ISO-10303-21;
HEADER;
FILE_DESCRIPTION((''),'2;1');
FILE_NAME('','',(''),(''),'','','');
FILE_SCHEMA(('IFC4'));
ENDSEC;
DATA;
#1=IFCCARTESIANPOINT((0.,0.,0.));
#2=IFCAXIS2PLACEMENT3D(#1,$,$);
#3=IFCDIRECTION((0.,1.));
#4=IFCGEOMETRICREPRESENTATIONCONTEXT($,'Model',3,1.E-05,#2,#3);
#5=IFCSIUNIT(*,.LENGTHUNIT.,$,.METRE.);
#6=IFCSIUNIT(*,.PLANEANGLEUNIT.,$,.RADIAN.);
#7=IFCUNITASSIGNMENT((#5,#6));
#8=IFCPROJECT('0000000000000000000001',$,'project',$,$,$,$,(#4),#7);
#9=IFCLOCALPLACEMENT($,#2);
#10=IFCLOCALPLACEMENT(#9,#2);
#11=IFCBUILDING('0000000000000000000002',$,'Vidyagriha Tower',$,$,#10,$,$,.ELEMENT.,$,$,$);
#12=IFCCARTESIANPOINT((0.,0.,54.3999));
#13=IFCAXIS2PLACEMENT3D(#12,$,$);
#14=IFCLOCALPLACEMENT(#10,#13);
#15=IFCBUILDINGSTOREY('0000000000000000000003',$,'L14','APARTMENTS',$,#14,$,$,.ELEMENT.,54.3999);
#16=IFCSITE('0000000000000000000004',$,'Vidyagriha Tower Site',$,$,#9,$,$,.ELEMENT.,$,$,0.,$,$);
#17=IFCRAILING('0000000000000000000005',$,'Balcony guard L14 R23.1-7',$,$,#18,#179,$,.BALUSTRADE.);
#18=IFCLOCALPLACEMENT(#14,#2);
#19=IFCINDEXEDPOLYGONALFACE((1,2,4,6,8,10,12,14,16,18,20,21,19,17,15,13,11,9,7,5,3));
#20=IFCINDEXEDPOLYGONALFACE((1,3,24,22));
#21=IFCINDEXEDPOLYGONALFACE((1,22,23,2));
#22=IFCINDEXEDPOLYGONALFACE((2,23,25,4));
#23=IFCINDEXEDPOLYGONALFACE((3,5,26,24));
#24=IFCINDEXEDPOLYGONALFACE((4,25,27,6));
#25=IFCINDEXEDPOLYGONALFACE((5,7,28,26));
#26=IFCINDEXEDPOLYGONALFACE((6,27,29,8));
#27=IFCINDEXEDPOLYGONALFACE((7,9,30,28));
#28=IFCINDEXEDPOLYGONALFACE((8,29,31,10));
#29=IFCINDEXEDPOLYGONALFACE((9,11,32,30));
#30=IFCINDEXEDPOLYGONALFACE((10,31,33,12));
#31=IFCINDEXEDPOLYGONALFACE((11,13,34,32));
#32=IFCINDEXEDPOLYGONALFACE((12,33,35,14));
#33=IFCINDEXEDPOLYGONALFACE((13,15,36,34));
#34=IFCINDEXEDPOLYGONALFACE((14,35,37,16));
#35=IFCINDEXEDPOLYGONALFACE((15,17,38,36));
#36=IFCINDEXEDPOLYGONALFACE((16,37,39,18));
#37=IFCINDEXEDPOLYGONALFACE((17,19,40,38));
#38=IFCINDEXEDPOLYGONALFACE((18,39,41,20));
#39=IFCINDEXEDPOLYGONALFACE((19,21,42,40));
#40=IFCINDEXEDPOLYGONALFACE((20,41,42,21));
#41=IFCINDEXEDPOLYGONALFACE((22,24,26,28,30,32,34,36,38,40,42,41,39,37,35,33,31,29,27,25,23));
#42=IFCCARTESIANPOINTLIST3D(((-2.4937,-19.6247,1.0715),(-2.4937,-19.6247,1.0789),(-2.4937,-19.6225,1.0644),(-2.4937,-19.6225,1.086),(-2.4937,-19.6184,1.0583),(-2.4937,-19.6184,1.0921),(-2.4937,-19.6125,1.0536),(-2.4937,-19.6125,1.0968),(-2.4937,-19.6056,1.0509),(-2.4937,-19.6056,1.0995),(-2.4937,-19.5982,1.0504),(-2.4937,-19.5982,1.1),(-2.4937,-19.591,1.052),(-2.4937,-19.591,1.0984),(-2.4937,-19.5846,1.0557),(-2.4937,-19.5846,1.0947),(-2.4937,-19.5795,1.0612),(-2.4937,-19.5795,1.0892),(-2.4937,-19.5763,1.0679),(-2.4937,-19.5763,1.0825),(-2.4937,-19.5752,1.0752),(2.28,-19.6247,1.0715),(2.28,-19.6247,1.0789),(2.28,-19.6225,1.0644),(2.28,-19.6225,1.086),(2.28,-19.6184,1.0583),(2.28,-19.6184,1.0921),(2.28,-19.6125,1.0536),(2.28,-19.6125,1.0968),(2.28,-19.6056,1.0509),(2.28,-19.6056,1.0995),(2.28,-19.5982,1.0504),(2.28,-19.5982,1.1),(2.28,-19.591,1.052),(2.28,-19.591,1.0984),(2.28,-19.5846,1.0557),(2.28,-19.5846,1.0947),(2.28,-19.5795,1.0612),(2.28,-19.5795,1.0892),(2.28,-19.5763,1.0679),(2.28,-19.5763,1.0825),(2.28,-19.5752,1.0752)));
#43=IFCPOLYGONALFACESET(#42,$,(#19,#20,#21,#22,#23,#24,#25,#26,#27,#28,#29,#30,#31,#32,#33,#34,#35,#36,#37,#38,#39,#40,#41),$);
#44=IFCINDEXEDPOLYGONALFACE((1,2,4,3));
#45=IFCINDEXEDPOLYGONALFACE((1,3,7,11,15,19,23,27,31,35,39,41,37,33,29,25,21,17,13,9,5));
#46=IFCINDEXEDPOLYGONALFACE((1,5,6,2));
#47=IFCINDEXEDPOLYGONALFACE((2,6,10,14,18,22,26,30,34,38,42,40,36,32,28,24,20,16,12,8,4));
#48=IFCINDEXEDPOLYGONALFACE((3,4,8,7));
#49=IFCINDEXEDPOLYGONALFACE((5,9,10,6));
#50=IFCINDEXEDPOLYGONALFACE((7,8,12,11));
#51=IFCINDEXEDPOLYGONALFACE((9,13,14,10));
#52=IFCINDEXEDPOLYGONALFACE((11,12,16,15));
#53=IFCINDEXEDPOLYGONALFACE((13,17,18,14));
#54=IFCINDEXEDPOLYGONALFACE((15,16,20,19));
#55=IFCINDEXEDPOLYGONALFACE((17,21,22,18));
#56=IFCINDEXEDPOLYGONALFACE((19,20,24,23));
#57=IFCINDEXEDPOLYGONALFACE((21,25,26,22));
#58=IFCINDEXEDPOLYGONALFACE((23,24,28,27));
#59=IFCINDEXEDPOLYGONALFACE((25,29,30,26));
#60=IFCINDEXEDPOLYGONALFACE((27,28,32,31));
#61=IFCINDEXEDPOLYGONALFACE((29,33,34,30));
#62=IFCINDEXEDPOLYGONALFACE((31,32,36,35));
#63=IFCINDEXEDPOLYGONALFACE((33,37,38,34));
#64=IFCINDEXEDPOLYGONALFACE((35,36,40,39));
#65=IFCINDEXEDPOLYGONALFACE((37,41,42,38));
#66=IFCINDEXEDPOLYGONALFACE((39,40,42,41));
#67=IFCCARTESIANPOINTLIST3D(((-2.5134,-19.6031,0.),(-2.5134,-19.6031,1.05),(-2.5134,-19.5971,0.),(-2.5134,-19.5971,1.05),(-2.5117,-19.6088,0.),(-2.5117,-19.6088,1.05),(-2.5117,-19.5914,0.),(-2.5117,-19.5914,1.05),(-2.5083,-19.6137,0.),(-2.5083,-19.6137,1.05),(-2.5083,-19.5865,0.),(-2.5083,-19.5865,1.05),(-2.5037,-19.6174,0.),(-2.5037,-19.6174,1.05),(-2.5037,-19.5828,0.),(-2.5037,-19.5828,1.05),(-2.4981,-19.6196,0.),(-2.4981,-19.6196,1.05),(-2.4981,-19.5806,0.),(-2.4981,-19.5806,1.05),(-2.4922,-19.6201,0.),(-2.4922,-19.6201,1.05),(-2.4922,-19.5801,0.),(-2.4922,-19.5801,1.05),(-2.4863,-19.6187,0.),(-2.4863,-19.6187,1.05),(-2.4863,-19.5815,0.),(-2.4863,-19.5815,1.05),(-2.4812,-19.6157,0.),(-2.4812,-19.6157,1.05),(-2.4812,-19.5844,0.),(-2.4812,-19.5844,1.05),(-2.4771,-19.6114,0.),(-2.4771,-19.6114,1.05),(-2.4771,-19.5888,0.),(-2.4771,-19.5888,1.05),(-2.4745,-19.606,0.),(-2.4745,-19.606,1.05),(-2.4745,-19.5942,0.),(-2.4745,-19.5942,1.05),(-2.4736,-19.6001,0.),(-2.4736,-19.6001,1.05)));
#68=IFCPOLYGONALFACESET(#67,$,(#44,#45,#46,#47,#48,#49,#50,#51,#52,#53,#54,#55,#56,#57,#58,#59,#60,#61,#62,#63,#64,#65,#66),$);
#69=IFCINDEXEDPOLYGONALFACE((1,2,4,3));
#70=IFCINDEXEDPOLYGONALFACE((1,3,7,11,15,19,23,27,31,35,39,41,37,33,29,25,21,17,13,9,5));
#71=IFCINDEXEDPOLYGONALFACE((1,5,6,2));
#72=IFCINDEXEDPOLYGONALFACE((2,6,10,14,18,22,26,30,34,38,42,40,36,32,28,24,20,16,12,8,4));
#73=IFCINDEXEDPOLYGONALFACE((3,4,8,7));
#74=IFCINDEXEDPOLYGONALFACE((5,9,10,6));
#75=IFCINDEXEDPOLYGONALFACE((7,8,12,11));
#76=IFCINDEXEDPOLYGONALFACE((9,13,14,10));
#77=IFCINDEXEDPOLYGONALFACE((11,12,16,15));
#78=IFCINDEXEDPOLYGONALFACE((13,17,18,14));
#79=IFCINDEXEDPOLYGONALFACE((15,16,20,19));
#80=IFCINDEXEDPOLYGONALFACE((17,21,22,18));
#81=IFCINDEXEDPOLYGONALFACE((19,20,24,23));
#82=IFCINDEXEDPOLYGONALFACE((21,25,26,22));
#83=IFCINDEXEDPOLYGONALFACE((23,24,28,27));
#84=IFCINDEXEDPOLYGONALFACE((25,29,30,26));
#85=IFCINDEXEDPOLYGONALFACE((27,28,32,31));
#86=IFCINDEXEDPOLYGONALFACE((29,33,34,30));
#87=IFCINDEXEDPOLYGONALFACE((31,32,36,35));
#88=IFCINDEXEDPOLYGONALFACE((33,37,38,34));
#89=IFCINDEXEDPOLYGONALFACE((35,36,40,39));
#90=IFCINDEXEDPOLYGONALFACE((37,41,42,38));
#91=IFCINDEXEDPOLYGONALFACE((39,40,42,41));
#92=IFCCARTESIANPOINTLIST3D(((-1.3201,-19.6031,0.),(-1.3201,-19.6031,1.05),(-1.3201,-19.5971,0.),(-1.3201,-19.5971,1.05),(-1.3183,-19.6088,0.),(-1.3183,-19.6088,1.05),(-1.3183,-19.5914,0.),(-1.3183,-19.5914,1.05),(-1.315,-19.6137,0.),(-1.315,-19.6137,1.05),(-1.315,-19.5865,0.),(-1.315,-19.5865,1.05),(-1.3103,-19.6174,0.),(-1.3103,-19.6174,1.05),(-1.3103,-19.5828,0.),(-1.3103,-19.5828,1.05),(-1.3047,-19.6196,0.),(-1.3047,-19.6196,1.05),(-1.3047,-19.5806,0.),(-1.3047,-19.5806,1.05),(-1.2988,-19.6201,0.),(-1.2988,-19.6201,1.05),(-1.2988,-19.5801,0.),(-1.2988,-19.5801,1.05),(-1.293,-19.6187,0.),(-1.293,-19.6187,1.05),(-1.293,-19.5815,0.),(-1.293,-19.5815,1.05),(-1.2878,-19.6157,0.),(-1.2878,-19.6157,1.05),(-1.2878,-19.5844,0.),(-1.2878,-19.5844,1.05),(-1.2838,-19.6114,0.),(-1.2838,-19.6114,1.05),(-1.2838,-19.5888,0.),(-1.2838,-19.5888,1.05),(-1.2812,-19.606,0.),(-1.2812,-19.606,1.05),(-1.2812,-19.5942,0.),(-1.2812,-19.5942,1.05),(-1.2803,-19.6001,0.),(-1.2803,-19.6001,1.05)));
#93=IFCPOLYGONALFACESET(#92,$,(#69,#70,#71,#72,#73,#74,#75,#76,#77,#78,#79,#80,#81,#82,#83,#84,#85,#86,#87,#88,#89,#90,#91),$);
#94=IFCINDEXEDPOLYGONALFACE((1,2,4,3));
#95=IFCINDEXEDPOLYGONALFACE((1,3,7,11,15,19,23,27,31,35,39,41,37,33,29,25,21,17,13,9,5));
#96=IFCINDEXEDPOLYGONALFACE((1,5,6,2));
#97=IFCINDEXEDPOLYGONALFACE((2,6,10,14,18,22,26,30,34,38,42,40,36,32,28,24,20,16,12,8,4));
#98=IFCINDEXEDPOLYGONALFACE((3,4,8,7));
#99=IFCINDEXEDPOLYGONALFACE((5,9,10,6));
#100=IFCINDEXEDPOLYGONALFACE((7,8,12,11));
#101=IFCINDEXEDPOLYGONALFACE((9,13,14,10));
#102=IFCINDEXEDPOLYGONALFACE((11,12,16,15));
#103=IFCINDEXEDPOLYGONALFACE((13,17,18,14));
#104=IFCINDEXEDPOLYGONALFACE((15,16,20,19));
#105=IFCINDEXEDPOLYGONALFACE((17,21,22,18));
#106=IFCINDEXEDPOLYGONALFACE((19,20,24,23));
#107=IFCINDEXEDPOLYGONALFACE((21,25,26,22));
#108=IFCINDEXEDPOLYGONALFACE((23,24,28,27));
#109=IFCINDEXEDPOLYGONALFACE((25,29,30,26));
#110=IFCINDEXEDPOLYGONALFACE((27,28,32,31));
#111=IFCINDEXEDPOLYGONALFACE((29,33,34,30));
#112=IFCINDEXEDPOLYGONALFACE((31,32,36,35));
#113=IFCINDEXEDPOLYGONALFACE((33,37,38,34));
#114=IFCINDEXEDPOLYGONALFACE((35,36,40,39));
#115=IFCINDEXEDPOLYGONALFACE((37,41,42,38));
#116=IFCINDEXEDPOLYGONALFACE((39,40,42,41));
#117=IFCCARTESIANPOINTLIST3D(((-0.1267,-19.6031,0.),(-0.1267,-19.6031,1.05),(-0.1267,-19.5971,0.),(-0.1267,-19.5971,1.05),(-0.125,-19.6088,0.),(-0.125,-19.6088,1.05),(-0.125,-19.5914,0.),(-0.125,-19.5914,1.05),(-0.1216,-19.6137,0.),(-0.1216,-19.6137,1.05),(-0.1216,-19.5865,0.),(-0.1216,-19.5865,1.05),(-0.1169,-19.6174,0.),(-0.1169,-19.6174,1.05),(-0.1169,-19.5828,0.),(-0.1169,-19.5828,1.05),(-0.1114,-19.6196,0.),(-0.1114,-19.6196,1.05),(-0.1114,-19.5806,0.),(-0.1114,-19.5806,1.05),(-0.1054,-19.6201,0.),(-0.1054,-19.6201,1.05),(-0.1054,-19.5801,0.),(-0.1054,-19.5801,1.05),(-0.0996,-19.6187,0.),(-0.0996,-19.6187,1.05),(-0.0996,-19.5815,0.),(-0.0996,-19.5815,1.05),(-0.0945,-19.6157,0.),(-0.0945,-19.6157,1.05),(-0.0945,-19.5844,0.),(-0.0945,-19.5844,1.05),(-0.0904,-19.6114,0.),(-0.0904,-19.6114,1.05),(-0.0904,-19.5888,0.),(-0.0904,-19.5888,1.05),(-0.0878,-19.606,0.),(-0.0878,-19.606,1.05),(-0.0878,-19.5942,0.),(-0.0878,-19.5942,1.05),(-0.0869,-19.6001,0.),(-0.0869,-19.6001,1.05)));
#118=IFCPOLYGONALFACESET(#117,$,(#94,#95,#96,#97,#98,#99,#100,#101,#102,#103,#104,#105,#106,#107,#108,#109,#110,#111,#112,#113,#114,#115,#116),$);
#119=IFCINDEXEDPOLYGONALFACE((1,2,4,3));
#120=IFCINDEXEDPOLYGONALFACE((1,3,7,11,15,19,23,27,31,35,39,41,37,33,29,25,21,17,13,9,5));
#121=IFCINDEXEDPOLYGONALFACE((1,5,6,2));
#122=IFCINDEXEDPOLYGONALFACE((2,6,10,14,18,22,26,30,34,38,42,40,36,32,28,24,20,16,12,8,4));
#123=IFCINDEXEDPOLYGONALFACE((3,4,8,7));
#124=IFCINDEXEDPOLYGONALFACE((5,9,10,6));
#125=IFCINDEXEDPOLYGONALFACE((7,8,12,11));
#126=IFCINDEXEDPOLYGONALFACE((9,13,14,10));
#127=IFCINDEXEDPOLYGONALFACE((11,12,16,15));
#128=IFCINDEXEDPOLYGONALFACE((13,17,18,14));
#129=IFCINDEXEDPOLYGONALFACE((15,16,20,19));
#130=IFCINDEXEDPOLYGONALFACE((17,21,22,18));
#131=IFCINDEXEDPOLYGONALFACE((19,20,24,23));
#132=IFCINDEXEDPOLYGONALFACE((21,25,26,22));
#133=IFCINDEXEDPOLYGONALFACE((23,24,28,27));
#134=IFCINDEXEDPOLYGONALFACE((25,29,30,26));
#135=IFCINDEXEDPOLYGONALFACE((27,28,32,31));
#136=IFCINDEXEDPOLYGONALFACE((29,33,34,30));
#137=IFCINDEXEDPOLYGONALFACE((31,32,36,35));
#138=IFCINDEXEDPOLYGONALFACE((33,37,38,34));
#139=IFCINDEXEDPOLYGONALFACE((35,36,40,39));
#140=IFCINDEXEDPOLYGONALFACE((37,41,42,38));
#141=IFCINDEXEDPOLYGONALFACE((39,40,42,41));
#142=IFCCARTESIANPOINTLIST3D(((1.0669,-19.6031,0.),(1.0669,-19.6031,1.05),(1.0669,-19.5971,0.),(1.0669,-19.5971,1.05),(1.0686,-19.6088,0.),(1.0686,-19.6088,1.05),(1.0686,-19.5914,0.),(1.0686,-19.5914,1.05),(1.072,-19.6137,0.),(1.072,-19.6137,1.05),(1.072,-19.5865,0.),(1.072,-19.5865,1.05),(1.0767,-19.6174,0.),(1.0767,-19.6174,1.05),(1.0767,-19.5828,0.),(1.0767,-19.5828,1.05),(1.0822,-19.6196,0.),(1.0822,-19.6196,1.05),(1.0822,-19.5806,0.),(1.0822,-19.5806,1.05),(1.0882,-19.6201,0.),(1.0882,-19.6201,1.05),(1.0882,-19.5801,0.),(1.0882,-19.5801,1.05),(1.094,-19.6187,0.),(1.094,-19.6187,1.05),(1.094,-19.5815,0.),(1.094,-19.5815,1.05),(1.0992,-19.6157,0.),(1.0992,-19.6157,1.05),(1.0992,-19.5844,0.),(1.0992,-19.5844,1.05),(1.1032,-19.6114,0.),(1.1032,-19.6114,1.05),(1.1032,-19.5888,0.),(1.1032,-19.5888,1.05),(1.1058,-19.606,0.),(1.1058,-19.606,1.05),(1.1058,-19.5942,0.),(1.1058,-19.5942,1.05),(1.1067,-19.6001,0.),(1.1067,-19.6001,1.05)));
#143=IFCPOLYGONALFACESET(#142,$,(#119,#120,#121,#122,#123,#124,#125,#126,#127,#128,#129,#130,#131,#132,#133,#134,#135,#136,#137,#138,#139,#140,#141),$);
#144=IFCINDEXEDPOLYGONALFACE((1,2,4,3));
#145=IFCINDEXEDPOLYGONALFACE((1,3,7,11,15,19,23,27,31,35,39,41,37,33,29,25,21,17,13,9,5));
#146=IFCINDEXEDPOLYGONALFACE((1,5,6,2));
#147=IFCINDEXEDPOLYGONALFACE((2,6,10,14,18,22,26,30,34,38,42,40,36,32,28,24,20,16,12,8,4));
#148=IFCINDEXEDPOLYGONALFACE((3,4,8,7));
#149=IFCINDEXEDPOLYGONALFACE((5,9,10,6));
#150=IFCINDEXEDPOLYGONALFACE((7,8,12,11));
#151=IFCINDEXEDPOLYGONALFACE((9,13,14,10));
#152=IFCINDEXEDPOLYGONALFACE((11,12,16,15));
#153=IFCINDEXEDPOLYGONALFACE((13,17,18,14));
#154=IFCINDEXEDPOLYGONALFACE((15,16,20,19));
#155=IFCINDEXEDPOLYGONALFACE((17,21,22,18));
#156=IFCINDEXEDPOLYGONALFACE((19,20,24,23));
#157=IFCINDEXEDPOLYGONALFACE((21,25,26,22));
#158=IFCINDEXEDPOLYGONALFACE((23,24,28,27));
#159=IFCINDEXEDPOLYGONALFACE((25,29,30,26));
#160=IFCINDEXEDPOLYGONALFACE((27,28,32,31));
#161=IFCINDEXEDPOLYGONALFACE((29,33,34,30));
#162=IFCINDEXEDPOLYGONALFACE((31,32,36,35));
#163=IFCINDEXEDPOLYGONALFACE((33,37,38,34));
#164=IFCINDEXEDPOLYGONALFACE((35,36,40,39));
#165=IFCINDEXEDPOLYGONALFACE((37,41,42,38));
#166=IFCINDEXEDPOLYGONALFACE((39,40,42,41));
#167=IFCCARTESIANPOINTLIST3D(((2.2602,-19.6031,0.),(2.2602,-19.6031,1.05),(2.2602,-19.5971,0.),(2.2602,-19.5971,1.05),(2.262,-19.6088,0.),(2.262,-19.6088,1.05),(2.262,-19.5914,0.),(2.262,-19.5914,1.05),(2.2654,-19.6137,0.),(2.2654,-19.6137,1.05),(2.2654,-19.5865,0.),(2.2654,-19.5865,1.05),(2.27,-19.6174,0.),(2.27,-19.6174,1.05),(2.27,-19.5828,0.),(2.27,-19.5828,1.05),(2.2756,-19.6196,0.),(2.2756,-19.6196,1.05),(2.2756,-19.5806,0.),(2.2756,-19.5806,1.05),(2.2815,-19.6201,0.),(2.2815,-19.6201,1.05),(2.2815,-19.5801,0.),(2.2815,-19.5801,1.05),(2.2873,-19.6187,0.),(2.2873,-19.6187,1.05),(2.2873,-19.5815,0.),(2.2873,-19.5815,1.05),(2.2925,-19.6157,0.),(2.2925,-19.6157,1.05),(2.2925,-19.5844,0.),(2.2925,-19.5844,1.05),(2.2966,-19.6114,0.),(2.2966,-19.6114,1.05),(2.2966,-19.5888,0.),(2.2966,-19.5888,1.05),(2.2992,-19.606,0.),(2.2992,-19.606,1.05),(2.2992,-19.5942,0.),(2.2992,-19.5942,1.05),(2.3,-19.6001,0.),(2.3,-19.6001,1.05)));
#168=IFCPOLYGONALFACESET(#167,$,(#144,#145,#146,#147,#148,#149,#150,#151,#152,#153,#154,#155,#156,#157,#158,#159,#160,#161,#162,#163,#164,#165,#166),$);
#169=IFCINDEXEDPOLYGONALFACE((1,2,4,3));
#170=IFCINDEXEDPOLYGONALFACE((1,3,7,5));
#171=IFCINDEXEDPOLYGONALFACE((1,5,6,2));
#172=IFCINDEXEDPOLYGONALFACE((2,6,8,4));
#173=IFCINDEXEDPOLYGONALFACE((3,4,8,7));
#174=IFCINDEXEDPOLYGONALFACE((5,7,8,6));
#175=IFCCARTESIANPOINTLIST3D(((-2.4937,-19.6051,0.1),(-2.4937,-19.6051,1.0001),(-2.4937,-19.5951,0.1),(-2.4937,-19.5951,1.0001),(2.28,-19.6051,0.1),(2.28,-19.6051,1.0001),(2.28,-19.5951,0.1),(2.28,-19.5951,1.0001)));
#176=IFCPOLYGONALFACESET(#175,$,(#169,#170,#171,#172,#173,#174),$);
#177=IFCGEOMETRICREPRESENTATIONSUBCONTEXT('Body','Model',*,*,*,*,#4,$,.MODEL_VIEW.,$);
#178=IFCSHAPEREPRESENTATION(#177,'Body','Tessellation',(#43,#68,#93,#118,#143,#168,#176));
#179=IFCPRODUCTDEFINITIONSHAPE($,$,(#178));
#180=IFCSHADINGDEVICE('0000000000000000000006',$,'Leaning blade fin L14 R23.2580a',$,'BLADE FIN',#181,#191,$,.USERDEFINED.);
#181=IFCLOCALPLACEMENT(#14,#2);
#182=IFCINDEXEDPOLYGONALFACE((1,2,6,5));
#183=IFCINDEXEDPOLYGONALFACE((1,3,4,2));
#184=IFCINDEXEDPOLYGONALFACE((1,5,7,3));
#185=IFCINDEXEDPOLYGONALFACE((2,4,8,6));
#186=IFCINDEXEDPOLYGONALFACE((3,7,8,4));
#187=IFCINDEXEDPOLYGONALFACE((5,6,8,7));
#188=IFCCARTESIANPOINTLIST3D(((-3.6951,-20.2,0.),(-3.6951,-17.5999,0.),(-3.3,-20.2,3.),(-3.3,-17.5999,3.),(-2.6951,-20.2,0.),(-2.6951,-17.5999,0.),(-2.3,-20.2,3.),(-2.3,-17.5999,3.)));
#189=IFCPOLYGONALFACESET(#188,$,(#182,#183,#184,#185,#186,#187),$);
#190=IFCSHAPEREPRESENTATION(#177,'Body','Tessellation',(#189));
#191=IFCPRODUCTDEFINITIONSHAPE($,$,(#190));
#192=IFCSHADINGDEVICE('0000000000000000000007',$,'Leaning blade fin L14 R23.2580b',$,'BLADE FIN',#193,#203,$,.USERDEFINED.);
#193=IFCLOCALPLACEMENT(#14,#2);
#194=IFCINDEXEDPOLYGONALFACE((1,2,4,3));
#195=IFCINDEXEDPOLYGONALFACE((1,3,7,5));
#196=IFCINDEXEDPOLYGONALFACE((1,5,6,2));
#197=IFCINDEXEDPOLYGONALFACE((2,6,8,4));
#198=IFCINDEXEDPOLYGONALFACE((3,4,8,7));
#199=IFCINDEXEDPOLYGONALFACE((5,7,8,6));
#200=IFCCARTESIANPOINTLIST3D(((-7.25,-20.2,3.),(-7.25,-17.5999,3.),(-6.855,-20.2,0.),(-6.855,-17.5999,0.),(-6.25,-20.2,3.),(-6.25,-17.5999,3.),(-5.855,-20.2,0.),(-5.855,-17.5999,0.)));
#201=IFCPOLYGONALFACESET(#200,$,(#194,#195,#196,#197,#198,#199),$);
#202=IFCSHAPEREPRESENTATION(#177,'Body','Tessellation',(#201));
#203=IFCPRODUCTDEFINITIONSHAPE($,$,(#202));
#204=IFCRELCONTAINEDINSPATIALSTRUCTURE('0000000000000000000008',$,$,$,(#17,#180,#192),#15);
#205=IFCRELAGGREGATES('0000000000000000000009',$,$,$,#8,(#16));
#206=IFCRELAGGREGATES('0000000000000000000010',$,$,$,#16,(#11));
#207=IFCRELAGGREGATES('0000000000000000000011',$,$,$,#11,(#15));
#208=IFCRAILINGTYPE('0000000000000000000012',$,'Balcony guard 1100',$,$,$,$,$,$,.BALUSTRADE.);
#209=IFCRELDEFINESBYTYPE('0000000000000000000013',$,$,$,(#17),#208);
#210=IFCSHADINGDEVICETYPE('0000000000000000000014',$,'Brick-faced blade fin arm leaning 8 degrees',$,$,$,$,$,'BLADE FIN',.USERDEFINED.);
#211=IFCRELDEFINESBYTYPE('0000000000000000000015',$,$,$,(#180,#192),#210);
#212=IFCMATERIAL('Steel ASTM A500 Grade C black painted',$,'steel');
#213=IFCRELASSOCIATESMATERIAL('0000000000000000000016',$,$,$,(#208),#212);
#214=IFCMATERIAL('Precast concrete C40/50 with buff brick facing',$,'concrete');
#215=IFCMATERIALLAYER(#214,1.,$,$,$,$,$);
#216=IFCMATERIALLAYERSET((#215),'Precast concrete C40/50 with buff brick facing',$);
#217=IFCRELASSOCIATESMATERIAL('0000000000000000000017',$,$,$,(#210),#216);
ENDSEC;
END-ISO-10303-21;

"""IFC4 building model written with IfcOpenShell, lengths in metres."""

from ifc_helpers import new_model, si_unit, direction, frame, origin, origin_2d, place, context, subcontext, project, spatial, polyline, rectangle, circle, outline, extrude, material, layer, layer_set, type_object, element, save


model = new_model("IFC4")

# Units and contexts
model_context = context("Model", 3, precision=1e-05, world=origin(), true_north=direction((0.0, 1.0)))
body_context = subcontext(model_context, "Body", "Model", "MODEL_VIEW")
ifc_project = project(units=[si_unit("LENGTHUNIT", "METRE"), si_unit("PLANEANGLEUNIT", "RADIAN")], contexts=[model_context])

# Site, building, storey
site_placement = place(None, origin())
site = spatial("IfcSite", under=ifc_project, at=site_placement, Name="Vidyagriha Tower Site", CompositionType="ELEMENT", RefElevation=0.0)
building_placement = place(site_placement, origin())
building = spatial("IfcBuilding", under=site, at=building_placement, Name="Vidyagriha Tower", CompositionType="ELEMENT")
storey_placement = place(building_placement, frame((0.0, 0.0, 54.3999)))
storey = spatial("IfcBuildingStorey", under=building, at=storey_placement, Name="L14", Description="APARTMENTS", CompositionType="ELEMENT", Elevation=54.3999)

# Railing
ifc_material_1 = material(Name="Steel ASTM A500 Grade C black painted", Category="steel")
railing_type = type_object("IfcRailingType", Name="Balcony guard 1100", PredefinedType="BALUSTRADE", material=ifc_material_1)
railing_1_placement = place(storey_placement, frame((-2.4937, -19.6001, 0.0)))
element("IfcRailing", 1, at=railing_1_placement, inside=storey, type_object=railing_type, Name="Balcony guard L14 R23.1-7", PredefinedType="BALUSTRADE", context=body_context, shape_type="SweptSolid", body=[
    extrude(circle(Radius=0.0249, at=origin_2d()), frame((0.0, 0.0, 1.0752), z_axis=(1.0, 0.0, 0.0), x_axis=(0.0, 1.0, 0.0)), (0.0, 0.0, 1.0), 4.7737),
    extrude(circle(Radius=0.02, at=origin_2d()), origin(), (0.0, 0.0, 1.0), 1.05),
    extrude(circle(Radius=0.02, at=origin_2d()), frame((1.1934, 0.0, 0.0)), (0.0, 0.0, 1.0), 1.05),
    extrude(circle(Radius=0.02, at=origin_2d()), frame((2.3867, 0.0, 0.0)), (0.0, 0.0, 1.0), 1.05),
    extrude(circle(Radius=0.02, at=origin_2d()), frame((3.5803, 0.0, 0.0)), (0.0, 0.0, 1.0), 1.05),
    extrude(circle(Radius=0.02, at=origin_2d()), frame((4.7737, 0.0, 0.0)), (0.0, 0.0, 1.0), 1.05),
    extrude(rectangle(XDim=0.01, YDim=0.9001, at=origin_2d()), frame((0.0, 0.0, 0.55), z_axis=(1.0, 0.0, 0.0), x_axis=(0.0, 1.0, 0.0)), (0.0, 0.0, 1.0), 4.7737),
])

# Shading devices
ifc_material_2 = material(Name="Precast concrete C40/50 with buff brick facing", Category="concrete")
ifc_layer_1 = layer(ifc_material_2, 1.0)
ifc_layer_set_1 = layer_set([ifc_layer_1], Name="Precast concrete C40/50 with buff brick facing")
shading_device_type_1 = type_object("IfcShadingDeviceType", Name="Brick-faced blade fin arm leaning 8 degrees", ElementType="BLADE FIN", PredefinedType="USERDEFINED", material=ifc_layer_set_1)
shading_device_1_placement = place(storey_placement, frame((-3.6951, -18.8999, 0.0)))
element("IfcShadingDevice", 2, at=shading_device_1_placement, inside=storey, type_object=shading_device_type_1, Name="Leaning blade fin L14 R23.2580a", ObjectType="BLADE FIN", PredefinedType="USERDEFINED", context=body_context, shape_type="SweptSolid", body=[
    extrude(outline(polyline([(0.0, 0.0), (1.0, 0.0), (1.395, 3.0), (0.395, 3.0), (0.0, 0.0)])), frame((0.0, 1.3, 0.0), z_axis=(0.0, -1.0, 0.0), x_axis=(1.0, 0.0, 0.0)), (0.0, 0.0, 1.0), 2.6001),
])
shading_device_2_placement = place(storey_placement, frame((-7.25, -18.8999, 0.0)))
element("IfcShadingDevice", 3, at=shading_device_2_placement, inside=storey, type_object=shading_device_type_1, Name="Leaning blade fin L14 R23.2580b", ObjectType="BLADE FIN", PredefinedType="USERDEFINED", context=body_context, shape_type="SweptSolid", body=[
    extrude(outline(polyline([(0.395, 0.0), (1.395, 0.0), (1.0, 3.0), (0.0, 3.0), (0.395, 0.0)])), frame((0.0, 1.3, 0.0), z_axis=(0.0, -1.0, 0.0), x_axis=(1.0, 0.0, 0.0)), (0.0, 0.0, 1.0), 2.6001),
])

save(model, "model.ifc")
